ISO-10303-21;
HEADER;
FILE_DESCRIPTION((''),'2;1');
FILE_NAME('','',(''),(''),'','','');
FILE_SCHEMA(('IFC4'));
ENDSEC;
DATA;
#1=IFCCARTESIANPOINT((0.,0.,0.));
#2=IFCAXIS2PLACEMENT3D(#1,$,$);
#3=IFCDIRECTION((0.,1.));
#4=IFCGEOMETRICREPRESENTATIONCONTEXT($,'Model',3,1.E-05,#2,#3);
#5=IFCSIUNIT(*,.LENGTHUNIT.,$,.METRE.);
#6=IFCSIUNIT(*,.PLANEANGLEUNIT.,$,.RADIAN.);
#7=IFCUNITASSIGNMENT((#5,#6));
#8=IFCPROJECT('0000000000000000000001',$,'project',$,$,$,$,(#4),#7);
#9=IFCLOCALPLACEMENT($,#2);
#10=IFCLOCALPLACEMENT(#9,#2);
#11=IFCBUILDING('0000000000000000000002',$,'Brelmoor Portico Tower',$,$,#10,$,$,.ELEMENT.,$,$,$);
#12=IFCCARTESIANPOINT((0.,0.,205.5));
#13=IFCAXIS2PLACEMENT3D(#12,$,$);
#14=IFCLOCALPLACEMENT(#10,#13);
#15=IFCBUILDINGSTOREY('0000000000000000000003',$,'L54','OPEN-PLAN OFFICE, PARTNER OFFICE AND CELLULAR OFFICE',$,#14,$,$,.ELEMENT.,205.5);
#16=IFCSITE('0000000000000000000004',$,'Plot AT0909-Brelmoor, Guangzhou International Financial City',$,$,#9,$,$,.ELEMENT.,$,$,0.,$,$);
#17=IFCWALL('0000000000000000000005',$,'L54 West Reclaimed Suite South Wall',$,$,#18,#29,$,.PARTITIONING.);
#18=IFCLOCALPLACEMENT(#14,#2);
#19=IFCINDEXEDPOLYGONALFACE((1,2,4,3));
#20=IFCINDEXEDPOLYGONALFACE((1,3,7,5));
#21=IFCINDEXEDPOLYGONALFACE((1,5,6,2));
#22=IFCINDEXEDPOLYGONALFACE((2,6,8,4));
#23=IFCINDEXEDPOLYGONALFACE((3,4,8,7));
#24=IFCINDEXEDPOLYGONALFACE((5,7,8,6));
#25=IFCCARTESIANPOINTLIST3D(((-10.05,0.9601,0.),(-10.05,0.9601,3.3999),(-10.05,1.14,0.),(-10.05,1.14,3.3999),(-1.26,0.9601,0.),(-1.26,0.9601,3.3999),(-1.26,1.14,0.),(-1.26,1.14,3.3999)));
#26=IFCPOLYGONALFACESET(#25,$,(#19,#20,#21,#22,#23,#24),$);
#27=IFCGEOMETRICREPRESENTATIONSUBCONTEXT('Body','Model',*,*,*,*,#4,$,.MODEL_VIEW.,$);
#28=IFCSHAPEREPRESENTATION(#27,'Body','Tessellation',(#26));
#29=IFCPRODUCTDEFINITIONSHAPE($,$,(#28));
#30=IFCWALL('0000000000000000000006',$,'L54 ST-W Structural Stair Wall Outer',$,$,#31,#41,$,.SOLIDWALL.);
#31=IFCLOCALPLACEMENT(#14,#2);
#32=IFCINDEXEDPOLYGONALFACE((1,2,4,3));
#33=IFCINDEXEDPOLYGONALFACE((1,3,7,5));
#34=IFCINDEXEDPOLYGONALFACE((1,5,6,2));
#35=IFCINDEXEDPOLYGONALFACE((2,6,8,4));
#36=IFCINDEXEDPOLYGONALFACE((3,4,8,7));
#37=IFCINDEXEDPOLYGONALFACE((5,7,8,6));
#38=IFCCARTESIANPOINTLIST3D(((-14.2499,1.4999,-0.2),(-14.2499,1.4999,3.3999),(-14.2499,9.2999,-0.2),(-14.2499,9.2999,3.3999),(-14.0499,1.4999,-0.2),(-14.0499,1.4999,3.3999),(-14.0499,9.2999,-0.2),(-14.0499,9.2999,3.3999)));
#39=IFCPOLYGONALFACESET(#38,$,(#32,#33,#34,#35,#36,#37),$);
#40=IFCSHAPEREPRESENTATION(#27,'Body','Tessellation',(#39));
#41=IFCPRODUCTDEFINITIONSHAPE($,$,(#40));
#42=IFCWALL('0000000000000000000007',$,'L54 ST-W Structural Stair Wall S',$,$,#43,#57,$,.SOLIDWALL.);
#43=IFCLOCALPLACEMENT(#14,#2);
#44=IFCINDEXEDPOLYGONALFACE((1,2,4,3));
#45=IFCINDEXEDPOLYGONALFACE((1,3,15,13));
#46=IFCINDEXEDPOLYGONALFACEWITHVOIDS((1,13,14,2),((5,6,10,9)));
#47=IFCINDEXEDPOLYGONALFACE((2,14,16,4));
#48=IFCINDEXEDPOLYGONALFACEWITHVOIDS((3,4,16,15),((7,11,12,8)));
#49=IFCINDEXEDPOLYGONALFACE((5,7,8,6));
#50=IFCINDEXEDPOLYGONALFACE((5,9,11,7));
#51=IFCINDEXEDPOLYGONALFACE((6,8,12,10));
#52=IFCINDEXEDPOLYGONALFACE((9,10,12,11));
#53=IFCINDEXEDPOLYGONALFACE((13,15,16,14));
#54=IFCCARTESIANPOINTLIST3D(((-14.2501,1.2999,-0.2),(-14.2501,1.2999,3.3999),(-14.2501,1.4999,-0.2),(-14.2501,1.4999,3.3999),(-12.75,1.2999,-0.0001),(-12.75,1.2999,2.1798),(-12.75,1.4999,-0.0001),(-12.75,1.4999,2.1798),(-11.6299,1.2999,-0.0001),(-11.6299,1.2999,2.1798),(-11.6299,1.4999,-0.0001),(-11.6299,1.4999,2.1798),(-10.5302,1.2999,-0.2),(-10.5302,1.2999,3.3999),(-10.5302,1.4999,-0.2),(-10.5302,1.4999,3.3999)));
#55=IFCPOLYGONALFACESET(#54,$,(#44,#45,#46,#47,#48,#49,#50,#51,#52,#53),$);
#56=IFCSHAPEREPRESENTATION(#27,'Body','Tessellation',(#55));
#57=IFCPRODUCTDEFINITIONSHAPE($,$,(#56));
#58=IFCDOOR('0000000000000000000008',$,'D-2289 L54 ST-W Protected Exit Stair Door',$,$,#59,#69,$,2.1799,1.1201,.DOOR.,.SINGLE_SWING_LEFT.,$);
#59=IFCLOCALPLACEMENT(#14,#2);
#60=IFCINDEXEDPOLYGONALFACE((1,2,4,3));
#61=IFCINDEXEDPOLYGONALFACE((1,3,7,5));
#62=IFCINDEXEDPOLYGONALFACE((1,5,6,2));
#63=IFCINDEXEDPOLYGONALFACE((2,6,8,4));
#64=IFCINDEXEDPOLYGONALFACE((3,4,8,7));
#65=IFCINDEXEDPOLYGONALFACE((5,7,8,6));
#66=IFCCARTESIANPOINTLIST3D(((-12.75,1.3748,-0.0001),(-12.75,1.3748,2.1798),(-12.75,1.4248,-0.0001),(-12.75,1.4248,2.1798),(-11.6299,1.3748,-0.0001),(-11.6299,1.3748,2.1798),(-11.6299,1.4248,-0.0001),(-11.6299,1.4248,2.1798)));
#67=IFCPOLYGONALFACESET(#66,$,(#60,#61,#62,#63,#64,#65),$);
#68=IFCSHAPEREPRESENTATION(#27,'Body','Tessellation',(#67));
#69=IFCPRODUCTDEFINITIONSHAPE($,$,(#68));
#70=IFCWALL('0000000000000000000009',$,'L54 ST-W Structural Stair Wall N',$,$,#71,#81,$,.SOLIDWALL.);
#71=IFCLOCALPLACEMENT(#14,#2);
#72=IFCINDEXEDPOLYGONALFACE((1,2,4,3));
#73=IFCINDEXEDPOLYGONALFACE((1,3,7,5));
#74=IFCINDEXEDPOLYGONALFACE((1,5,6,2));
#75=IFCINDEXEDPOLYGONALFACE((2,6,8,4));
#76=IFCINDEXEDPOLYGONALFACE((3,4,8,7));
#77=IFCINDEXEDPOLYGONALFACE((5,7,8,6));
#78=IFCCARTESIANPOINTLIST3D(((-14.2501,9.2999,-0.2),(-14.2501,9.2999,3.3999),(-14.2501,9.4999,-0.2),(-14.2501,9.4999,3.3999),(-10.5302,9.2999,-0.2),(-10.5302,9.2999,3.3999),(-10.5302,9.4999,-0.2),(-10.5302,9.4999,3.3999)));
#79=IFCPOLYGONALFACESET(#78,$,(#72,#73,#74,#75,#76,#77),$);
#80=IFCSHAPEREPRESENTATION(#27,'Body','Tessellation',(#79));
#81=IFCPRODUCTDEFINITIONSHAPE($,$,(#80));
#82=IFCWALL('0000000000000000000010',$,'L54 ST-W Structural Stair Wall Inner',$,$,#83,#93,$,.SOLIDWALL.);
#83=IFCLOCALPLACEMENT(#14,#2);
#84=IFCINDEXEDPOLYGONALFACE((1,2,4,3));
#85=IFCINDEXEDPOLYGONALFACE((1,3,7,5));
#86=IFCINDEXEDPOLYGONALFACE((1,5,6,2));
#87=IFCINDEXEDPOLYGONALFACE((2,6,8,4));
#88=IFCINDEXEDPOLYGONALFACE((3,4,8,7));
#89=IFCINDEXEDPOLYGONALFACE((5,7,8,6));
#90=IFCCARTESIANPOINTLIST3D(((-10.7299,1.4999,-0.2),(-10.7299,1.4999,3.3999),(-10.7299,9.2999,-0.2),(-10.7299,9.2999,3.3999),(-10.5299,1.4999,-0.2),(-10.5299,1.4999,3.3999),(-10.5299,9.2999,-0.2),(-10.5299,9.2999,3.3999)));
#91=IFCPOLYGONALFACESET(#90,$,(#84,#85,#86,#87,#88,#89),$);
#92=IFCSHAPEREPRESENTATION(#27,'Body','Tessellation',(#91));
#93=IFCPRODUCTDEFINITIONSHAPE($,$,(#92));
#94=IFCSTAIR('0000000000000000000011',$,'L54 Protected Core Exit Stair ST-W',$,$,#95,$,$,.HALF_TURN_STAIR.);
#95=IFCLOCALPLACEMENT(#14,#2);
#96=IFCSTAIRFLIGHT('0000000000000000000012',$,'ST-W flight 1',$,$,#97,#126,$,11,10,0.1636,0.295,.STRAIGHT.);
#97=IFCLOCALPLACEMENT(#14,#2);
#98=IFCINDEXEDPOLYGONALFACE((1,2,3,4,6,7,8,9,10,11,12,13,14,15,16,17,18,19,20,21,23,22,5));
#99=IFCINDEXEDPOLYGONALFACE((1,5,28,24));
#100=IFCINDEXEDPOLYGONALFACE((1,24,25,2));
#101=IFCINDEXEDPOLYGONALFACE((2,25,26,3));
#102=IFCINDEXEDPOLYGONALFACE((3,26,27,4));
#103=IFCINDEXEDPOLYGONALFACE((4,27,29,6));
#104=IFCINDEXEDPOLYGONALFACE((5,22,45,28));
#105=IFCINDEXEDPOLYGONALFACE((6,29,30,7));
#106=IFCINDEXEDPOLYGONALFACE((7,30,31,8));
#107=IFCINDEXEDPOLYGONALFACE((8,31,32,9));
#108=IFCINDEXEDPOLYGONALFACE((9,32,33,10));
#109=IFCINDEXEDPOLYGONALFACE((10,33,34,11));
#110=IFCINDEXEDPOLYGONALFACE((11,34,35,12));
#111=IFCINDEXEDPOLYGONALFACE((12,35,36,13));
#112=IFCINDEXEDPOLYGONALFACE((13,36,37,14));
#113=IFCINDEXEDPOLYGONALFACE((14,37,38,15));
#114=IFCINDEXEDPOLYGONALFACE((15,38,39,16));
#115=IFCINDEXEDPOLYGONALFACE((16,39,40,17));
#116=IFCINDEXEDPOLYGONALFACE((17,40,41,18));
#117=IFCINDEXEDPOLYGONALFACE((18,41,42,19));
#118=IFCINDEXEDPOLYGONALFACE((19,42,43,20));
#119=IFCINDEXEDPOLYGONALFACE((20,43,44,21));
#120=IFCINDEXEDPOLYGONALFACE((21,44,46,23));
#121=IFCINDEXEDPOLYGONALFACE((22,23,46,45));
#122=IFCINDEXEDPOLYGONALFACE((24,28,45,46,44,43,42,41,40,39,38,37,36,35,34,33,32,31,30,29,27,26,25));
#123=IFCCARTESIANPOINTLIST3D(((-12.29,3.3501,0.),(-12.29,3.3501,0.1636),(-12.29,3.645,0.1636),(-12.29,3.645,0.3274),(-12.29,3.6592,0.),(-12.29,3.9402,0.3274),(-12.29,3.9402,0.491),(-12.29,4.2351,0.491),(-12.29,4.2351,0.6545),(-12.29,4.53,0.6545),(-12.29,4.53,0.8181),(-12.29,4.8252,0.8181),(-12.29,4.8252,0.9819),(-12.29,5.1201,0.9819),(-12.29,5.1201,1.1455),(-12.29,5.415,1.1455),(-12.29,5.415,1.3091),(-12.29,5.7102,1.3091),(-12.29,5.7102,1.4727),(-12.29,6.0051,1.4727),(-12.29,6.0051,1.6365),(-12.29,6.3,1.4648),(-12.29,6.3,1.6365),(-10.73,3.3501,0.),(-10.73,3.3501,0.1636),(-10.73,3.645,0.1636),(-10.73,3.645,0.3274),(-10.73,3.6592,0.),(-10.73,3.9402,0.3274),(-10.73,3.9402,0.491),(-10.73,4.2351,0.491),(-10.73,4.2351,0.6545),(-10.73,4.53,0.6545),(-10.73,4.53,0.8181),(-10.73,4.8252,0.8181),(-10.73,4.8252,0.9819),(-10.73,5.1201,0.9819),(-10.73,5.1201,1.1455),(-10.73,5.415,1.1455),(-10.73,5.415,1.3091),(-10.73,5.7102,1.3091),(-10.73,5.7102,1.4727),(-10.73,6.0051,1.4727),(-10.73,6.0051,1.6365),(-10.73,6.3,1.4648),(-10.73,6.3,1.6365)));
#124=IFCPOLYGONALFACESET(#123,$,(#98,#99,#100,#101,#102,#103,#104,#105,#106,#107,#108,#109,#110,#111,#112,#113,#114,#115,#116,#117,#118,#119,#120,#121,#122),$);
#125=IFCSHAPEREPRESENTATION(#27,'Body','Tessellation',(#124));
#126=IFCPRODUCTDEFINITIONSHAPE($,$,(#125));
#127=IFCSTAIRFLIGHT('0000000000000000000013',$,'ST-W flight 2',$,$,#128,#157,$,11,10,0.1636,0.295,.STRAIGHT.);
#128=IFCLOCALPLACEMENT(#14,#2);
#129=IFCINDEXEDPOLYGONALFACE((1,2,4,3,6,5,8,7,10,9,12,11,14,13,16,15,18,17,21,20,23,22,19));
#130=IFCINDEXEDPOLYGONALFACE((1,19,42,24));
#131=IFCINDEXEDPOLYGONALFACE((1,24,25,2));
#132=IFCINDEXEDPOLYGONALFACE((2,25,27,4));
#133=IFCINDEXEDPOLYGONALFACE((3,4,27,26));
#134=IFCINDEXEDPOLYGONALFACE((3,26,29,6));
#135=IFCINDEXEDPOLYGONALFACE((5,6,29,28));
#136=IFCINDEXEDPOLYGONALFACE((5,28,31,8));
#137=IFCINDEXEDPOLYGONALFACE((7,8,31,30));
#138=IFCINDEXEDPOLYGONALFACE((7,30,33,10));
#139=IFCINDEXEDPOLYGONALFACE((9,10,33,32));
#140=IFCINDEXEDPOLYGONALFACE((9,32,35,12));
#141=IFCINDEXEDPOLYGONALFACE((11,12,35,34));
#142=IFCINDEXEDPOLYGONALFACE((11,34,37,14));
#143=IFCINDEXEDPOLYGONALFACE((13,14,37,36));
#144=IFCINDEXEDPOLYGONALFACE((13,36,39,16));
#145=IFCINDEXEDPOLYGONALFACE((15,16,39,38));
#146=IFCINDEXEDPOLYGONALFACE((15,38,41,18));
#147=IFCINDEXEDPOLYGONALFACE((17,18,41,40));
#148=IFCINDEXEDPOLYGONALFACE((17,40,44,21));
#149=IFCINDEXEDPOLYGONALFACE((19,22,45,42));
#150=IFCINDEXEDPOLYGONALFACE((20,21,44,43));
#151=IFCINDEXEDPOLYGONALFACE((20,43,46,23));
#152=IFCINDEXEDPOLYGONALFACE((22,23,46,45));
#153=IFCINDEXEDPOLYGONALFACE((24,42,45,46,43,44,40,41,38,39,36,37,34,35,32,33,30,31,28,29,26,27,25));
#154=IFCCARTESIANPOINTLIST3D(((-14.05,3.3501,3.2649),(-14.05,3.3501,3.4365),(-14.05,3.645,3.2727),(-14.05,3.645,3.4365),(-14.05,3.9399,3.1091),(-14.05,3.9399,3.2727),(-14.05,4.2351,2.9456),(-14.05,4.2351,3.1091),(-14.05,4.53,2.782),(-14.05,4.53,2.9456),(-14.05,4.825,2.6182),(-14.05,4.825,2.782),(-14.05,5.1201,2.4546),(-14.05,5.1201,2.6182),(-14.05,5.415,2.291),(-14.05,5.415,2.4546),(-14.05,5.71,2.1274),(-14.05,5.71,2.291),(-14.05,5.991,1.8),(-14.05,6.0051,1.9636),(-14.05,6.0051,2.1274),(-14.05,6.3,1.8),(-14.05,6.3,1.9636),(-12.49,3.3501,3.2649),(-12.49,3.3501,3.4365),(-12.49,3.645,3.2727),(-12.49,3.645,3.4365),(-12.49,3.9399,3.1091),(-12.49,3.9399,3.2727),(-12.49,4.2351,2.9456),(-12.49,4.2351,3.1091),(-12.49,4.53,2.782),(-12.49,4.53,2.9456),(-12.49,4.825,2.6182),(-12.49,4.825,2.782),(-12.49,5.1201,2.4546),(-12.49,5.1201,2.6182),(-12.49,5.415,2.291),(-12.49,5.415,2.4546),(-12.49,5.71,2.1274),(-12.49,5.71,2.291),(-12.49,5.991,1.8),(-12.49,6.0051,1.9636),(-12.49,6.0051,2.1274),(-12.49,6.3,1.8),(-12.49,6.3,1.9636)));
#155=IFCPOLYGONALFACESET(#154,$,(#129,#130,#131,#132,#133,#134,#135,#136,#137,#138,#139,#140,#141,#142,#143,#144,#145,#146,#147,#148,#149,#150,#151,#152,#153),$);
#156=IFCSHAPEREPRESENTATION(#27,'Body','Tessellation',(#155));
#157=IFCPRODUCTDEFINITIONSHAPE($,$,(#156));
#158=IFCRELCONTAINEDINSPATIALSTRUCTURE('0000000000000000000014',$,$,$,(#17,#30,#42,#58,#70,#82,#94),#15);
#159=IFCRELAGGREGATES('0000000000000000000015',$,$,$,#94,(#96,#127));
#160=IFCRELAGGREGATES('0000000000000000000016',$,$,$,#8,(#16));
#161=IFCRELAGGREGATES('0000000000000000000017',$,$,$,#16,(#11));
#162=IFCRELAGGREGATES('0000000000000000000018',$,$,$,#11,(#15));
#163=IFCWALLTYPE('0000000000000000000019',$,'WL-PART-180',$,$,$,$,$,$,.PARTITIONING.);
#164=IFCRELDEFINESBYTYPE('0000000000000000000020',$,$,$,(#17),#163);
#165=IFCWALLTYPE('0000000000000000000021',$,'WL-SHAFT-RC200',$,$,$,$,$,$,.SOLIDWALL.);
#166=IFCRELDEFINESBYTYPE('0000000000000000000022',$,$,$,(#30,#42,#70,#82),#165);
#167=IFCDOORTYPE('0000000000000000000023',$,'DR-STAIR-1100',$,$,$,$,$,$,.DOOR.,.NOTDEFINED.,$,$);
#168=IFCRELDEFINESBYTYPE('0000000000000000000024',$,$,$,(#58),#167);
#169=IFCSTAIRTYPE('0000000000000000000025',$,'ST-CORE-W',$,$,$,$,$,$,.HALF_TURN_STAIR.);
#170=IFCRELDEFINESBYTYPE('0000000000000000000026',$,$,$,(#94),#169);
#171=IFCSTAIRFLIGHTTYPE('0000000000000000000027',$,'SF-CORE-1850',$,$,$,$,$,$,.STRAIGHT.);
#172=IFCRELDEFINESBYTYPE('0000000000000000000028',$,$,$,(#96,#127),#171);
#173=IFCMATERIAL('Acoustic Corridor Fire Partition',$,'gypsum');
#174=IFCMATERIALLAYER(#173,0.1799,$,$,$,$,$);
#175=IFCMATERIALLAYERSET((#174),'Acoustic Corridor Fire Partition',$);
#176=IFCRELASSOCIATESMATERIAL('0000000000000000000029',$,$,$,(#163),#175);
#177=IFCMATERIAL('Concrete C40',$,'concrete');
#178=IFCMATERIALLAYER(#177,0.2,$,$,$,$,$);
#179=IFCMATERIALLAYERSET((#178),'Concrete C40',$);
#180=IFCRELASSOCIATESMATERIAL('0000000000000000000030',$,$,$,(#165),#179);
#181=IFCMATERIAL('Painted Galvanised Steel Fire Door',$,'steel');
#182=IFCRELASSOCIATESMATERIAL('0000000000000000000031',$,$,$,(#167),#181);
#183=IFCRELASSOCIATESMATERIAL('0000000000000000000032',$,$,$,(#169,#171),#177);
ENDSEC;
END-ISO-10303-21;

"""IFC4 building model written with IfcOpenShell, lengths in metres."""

from ifc_helpers import new_model, si_unit, direction, frame, frame_2d, origin, place, context, subcontext, project, spatial, polyline, rectangle, outline, extrude, material, layer, layer_set, type_object, element, fill, aggregate, save


model = new_model("IFC4")

# Units and contexts
model_context = context("Model", 3, precision=1e-05, world=origin(), true_north=direction((0.0, 1.0)))
body_context = subcontext(model_context, "Body", "Model", "MODEL_VIEW")
ifc_project = project(units=[si_unit("LENGTHUNIT", "METRE"), si_unit("PLANEANGLEUNIT", "RADIAN")], contexts=[model_context])

# Site, building, storey
site_placement = place(None, origin())
site = spatial("IfcSite", under=ifc_project, at=site_placement, Name="Plot AT0909-Brelmoor, Guangzhou International Financial City", CompositionType="ELEMENT", RefElevation=0.0)
building_placement = place(site_placement, origin())
building = spatial("IfcBuilding", under=site, at=building_placement, Name="Brelmoor Portico Tower", CompositionType="ELEMENT")
storey_placement = place(building_placement, frame((0.0, 0.0, 205.5)))
storey = spatial("IfcBuildingStorey", under=building, at=storey_placement, Name="L54", Description="OPEN-PLAN OFFICE, PARTNER OFFICE AND CELLULAR OFFICE", CompositionType="ELEMENT", Elevation=205.5)

# Shared definitions
ifc_material_1 = material(Name="Concrete C40", Category="concrete")

# Walls
ifc_material_2 = material(Name="Acoustic Corridor Fire Partition", Category="gypsum")
ifc_layer_1 = layer(ifc_material_2, 0.1799)
ifc_layer_set_1 = layer_set([ifc_layer_1], Name="Acoustic Corridor Fire Partition")
wall_type_1 = type_object("IfcWallType", Name="WL-PART-180", PredefinedType="PARTITIONING", material=ifc_layer_set_1)
wall_1_placement = place(storey_placement, frame((-10.05, 1.05, 0.0), z_axis=(0.0, 0.0, 1.0), x_axis=(1.0, 0.0, 0.0)))
element("IfcWall", 1, at=wall_1_placement, inside=storey, type_object=wall_type_1, Name="L54 West Reclaimed Suite South Wall", PredefinedType="PARTITIONING", context=body_context, shape_type="SweptSolid", body=[
    extrude(rectangle(XDim=8.79, YDim=0.1799, at=frame_2d((4.395, 0.0))), origin(), (0.0, 0.0, 1.0), 3.3999),
])
ifc_layer_2 = layer(ifc_material_1, 0.2)
ifc_layer_set_2 = layer_set([ifc_layer_2], Name="Concrete C40")
wall_type_2 = type_object("IfcWallType", Name="WL-SHAFT-RC200", PredefinedType="SOLIDWALL", material=ifc_layer_set_2)
wall_2_placement = place(storey_placement, frame((-14.1499, 1.5, -0.2), z_axis=(0.0, 0.0, 1.0), x_axis=(0.0, 1.0, 0.0)))
element("IfcWall", 2, at=wall_2_placement, inside=storey, type_object=wall_type_2, Name="L54 ST-W Structural Stair Wall Outer", PredefinedType="SOLIDWALL", context=body_context, shape_type="SweptSolid", body=[
    extrude(rectangle(XDim=7.8, YDim=0.2, at=frame_2d((3.8999, 0.0))), origin(), (0.0, 0.0, 1.0), 3.5999),
])

# Wall, opening, door
wall_3_placement = place(storey_placement, frame((-14.25, 1.3999, -0.2), z_axis=(0.0, 0.0, 1.0), x_axis=(1.0, 0.0, 0.0)))
wall_3 = element("IfcWall", 3, at=wall_3_placement, inside=storey, type_object=wall_type_2, Name="L54 ST-W Structural Stair Wall S", PredefinedType="SOLIDWALL", context=body_context, shape_type="SweptSolid", body=[
    extrude(rectangle(XDim=3.72, YDim=0.2, at=frame_2d((1.8599, 0.0))), origin(), (0.0, 0.0, 1.0), 3.5999),
])
opening_placement = place(wall_3_placement, frame((1.5, 0.0, 0.2)))
opening = element("IfcOpeningElement", 4, at=opening_placement, cuts=wall_3, PredefinedType="OPENING", context=body_context, shape_type="SweptSolid", body=[
    extrude(rectangle(XDim=1.1201, YDim=2.1799, at=frame_2d((0.5601, 1.0898))), frame((0.0, 0.1099, 0.0), z_axis=(0.0, -1.0, 0.0), x_axis=(1.0, 0.0, 0.0)), (0.0, 0.0, 1.0), 0.22),
])
ifc_material_3 = material(Name="Painted Galvanised Steel Fire Door", Category="steel")
door_type = type_object("IfcDoorType", Name="DR-STAIR-1100", OperationType="NOTDEFINED", PredefinedType="DOOR", material=ifc_material_3)
door_placement = place(opening_placement, origin())
door = element("IfcDoor", 5, at=door_placement, inside=storey, type_object=door_type, Name="D-2289 L54 ST-W Protected Exit Stair Door", OperationType="SINGLE_SWING_LEFT", OverallHeight=2.1799, OverallWidth=1.1201, PredefinedType="DOOR", context=body_context, shape_type="SweptSolid", body=[
    extrude(rectangle(XDim=1.1201, YDim=2.1799, at=frame_2d((0.5601, 1.0898))), frame((0.0, 0.0249, 0.0), z_axis=(0.0, -1.0, 0.0), x_axis=(1.0, 0.0, 0.0)), (0.0, 0.0, 1.0), 0.05),
])
fill(opening, door)

# Walls
wall_4_placement = place(storey_placement, frame((-14.25, 9.3999, -0.2), z_axis=(0.0, 0.0, 1.0), x_axis=(1.0, 0.0, 0.0)))
element("IfcWall", 6, at=wall_4_placement, inside=storey, type_object=wall_type_2, Name="L54 ST-W Structural Stair Wall N", PredefinedType="SOLIDWALL", context=body_context, shape_type="SweptSolid", body=[
    extrude(rectangle(XDim=3.72, YDim=0.2, at=frame_2d((1.8599, 0.0))), origin(), (0.0, 0.0, 1.0), 3.5999),
])
wall_5_placement = place(storey_placement, frame((-10.6299, 1.5, -0.2), z_axis=(0.0, 0.0, 1.0), x_axis=(0.0, 1.0, 0.0)))
element("IfcWall", 7, at=wall_5_placement, inside=storey, type_object=wall_type_2, Name="L54 ST-W Structural Stair Wall Inner", PredefinedType="SOLIDWALL", context=body_context, shape_type="SweptSolid", body=[
    extrude(rectangle(XDim=7.8, YDim=0.2, at=frame_2d((3.8999, 0.0))), origin(), (0.0, 0.0, 1.0), 3.5999),
])

# Stair, stair flights
stair_type = type_object("IfcStairType", Name="ST-CORE-W", PredefinedType="HALF_TURN_STAIR", material=ifc_material_1)
stair_placement = place(storey_placement, origin())
stair = element("IfcStair", 8, at=stair_placement, inside=storey, type_object=stair_type, Name="L54 Protected Core Exit Stair ST-W", PredefinedType="HALF_TURN_STAIR")
stair_flight_type = type_object("IfcStairFlightType", Name="SF-CORE-1850", PredefinedType="STRAIGHT", material=ifc_material_1)
stair_flight_1_placement = place(storey_placement, frame((-11.51, 3.3501, 0.0), z_axis=(0.0, 0.0, 1.0), x_axis=(0.0, 1.0, 0.0)))
stair_flight_1 = element("IfcStairFlight", 9, at=stair_flight_1_placement, type_object=stair_flight_type, Name="ST-W flight 1", NumberOfRisers=11, NumberOfTreads=10, PredefinedType="STRAIGHT", RiserHeight=0.1636, TreadLength=0.295, context=body_context, shape_type="SweptSolid", body=[
    extrude(outline(polyline([(0.0, 0.0), (0.0, 0.1636), (0.2949, 0.1636), (0.2949, 0.3274), (0.5901, 0.3274), (0.5901, 0.491), (0.885, 0.491), (0.885, 0.6545), (1.1799, 0.6545), (1.1799, 0.8181), (1.4751, 0.8181), (1.4751, 0.9819), (1.77, 0.9819), (1.77, 1.1455), (2.0649, 1.1455), (2.0649, 1.3091), (2.3601, 1.3091), (2.3601, 1.4727), (2.655, 1.4727), (2.655, 1.6365), (2.95, 1.6365), (2.95, 1.8), (2.95, 1.4648), (0.3091, 0.0), (0.0, 0.0)])), frame((0.0, 0.78, 0.0), z_axis=(0.0, -1.0, 0.0), x_axis=(1.0, 0.0, 0.0)), (0.0, 0.0, 1.0), 1.5601),
])
stair_flight_2_placement = place(storey_placement, frame((-13.27, 6.3, 1.8), z_axis=(0.0, 0.0, 1.0), x_axis=(0.0, -1.0, 0.0)))
stair_flight_2 = element("IfcStairFlight", 10, at=stair_flight_2_placement, type_object=stair_flight_type, Name="ST-W flight 2", NumberOfRisers=11, NumberOfTreads=10, PredefinedType="STRAIGHT", RiserHeight=0.1636, TreadLength=0.295, context=body_context, shape_type="SweptSolid", body=[
    extrude(outline(polyline([(0.0, 0.0), (0.0, 0.1636), (0.2949, 0.1636), (0.2949, 0.3274), (0.5901, 0.3274), (0.5901, 0.491), (0.885, 0.491), (0.885, 0.6545), (1.1799, 0.6545), (1.1799, 0.8181), (1.4751, 0.8181), (1.4751, 0.9819), (1.77, 0.9819), (1.77, 1.1455), (2.0649, 1.1455), (2.0649, 1.3091), (2.3601, 1.3091), (2.3601, 1.4727), (2.655, 1.4727), (2.655, 1.6365), (2.95, 1.6365), (2.95, 1.8), (2.95, 1.4648), (0.3091, 0.0), (0.0, 0.0)])), frame((0.0, 0.78, 0.0), z_axis=(0.0, -1.0, 0.0), x_axis=(1.0, 0.0, 0.0)), (0.0, 0.0, 1.0), 1.5601),
])
aggregate(stair, [stair_flight_1, stair_flight_2])

save(model, "model.ifc")
